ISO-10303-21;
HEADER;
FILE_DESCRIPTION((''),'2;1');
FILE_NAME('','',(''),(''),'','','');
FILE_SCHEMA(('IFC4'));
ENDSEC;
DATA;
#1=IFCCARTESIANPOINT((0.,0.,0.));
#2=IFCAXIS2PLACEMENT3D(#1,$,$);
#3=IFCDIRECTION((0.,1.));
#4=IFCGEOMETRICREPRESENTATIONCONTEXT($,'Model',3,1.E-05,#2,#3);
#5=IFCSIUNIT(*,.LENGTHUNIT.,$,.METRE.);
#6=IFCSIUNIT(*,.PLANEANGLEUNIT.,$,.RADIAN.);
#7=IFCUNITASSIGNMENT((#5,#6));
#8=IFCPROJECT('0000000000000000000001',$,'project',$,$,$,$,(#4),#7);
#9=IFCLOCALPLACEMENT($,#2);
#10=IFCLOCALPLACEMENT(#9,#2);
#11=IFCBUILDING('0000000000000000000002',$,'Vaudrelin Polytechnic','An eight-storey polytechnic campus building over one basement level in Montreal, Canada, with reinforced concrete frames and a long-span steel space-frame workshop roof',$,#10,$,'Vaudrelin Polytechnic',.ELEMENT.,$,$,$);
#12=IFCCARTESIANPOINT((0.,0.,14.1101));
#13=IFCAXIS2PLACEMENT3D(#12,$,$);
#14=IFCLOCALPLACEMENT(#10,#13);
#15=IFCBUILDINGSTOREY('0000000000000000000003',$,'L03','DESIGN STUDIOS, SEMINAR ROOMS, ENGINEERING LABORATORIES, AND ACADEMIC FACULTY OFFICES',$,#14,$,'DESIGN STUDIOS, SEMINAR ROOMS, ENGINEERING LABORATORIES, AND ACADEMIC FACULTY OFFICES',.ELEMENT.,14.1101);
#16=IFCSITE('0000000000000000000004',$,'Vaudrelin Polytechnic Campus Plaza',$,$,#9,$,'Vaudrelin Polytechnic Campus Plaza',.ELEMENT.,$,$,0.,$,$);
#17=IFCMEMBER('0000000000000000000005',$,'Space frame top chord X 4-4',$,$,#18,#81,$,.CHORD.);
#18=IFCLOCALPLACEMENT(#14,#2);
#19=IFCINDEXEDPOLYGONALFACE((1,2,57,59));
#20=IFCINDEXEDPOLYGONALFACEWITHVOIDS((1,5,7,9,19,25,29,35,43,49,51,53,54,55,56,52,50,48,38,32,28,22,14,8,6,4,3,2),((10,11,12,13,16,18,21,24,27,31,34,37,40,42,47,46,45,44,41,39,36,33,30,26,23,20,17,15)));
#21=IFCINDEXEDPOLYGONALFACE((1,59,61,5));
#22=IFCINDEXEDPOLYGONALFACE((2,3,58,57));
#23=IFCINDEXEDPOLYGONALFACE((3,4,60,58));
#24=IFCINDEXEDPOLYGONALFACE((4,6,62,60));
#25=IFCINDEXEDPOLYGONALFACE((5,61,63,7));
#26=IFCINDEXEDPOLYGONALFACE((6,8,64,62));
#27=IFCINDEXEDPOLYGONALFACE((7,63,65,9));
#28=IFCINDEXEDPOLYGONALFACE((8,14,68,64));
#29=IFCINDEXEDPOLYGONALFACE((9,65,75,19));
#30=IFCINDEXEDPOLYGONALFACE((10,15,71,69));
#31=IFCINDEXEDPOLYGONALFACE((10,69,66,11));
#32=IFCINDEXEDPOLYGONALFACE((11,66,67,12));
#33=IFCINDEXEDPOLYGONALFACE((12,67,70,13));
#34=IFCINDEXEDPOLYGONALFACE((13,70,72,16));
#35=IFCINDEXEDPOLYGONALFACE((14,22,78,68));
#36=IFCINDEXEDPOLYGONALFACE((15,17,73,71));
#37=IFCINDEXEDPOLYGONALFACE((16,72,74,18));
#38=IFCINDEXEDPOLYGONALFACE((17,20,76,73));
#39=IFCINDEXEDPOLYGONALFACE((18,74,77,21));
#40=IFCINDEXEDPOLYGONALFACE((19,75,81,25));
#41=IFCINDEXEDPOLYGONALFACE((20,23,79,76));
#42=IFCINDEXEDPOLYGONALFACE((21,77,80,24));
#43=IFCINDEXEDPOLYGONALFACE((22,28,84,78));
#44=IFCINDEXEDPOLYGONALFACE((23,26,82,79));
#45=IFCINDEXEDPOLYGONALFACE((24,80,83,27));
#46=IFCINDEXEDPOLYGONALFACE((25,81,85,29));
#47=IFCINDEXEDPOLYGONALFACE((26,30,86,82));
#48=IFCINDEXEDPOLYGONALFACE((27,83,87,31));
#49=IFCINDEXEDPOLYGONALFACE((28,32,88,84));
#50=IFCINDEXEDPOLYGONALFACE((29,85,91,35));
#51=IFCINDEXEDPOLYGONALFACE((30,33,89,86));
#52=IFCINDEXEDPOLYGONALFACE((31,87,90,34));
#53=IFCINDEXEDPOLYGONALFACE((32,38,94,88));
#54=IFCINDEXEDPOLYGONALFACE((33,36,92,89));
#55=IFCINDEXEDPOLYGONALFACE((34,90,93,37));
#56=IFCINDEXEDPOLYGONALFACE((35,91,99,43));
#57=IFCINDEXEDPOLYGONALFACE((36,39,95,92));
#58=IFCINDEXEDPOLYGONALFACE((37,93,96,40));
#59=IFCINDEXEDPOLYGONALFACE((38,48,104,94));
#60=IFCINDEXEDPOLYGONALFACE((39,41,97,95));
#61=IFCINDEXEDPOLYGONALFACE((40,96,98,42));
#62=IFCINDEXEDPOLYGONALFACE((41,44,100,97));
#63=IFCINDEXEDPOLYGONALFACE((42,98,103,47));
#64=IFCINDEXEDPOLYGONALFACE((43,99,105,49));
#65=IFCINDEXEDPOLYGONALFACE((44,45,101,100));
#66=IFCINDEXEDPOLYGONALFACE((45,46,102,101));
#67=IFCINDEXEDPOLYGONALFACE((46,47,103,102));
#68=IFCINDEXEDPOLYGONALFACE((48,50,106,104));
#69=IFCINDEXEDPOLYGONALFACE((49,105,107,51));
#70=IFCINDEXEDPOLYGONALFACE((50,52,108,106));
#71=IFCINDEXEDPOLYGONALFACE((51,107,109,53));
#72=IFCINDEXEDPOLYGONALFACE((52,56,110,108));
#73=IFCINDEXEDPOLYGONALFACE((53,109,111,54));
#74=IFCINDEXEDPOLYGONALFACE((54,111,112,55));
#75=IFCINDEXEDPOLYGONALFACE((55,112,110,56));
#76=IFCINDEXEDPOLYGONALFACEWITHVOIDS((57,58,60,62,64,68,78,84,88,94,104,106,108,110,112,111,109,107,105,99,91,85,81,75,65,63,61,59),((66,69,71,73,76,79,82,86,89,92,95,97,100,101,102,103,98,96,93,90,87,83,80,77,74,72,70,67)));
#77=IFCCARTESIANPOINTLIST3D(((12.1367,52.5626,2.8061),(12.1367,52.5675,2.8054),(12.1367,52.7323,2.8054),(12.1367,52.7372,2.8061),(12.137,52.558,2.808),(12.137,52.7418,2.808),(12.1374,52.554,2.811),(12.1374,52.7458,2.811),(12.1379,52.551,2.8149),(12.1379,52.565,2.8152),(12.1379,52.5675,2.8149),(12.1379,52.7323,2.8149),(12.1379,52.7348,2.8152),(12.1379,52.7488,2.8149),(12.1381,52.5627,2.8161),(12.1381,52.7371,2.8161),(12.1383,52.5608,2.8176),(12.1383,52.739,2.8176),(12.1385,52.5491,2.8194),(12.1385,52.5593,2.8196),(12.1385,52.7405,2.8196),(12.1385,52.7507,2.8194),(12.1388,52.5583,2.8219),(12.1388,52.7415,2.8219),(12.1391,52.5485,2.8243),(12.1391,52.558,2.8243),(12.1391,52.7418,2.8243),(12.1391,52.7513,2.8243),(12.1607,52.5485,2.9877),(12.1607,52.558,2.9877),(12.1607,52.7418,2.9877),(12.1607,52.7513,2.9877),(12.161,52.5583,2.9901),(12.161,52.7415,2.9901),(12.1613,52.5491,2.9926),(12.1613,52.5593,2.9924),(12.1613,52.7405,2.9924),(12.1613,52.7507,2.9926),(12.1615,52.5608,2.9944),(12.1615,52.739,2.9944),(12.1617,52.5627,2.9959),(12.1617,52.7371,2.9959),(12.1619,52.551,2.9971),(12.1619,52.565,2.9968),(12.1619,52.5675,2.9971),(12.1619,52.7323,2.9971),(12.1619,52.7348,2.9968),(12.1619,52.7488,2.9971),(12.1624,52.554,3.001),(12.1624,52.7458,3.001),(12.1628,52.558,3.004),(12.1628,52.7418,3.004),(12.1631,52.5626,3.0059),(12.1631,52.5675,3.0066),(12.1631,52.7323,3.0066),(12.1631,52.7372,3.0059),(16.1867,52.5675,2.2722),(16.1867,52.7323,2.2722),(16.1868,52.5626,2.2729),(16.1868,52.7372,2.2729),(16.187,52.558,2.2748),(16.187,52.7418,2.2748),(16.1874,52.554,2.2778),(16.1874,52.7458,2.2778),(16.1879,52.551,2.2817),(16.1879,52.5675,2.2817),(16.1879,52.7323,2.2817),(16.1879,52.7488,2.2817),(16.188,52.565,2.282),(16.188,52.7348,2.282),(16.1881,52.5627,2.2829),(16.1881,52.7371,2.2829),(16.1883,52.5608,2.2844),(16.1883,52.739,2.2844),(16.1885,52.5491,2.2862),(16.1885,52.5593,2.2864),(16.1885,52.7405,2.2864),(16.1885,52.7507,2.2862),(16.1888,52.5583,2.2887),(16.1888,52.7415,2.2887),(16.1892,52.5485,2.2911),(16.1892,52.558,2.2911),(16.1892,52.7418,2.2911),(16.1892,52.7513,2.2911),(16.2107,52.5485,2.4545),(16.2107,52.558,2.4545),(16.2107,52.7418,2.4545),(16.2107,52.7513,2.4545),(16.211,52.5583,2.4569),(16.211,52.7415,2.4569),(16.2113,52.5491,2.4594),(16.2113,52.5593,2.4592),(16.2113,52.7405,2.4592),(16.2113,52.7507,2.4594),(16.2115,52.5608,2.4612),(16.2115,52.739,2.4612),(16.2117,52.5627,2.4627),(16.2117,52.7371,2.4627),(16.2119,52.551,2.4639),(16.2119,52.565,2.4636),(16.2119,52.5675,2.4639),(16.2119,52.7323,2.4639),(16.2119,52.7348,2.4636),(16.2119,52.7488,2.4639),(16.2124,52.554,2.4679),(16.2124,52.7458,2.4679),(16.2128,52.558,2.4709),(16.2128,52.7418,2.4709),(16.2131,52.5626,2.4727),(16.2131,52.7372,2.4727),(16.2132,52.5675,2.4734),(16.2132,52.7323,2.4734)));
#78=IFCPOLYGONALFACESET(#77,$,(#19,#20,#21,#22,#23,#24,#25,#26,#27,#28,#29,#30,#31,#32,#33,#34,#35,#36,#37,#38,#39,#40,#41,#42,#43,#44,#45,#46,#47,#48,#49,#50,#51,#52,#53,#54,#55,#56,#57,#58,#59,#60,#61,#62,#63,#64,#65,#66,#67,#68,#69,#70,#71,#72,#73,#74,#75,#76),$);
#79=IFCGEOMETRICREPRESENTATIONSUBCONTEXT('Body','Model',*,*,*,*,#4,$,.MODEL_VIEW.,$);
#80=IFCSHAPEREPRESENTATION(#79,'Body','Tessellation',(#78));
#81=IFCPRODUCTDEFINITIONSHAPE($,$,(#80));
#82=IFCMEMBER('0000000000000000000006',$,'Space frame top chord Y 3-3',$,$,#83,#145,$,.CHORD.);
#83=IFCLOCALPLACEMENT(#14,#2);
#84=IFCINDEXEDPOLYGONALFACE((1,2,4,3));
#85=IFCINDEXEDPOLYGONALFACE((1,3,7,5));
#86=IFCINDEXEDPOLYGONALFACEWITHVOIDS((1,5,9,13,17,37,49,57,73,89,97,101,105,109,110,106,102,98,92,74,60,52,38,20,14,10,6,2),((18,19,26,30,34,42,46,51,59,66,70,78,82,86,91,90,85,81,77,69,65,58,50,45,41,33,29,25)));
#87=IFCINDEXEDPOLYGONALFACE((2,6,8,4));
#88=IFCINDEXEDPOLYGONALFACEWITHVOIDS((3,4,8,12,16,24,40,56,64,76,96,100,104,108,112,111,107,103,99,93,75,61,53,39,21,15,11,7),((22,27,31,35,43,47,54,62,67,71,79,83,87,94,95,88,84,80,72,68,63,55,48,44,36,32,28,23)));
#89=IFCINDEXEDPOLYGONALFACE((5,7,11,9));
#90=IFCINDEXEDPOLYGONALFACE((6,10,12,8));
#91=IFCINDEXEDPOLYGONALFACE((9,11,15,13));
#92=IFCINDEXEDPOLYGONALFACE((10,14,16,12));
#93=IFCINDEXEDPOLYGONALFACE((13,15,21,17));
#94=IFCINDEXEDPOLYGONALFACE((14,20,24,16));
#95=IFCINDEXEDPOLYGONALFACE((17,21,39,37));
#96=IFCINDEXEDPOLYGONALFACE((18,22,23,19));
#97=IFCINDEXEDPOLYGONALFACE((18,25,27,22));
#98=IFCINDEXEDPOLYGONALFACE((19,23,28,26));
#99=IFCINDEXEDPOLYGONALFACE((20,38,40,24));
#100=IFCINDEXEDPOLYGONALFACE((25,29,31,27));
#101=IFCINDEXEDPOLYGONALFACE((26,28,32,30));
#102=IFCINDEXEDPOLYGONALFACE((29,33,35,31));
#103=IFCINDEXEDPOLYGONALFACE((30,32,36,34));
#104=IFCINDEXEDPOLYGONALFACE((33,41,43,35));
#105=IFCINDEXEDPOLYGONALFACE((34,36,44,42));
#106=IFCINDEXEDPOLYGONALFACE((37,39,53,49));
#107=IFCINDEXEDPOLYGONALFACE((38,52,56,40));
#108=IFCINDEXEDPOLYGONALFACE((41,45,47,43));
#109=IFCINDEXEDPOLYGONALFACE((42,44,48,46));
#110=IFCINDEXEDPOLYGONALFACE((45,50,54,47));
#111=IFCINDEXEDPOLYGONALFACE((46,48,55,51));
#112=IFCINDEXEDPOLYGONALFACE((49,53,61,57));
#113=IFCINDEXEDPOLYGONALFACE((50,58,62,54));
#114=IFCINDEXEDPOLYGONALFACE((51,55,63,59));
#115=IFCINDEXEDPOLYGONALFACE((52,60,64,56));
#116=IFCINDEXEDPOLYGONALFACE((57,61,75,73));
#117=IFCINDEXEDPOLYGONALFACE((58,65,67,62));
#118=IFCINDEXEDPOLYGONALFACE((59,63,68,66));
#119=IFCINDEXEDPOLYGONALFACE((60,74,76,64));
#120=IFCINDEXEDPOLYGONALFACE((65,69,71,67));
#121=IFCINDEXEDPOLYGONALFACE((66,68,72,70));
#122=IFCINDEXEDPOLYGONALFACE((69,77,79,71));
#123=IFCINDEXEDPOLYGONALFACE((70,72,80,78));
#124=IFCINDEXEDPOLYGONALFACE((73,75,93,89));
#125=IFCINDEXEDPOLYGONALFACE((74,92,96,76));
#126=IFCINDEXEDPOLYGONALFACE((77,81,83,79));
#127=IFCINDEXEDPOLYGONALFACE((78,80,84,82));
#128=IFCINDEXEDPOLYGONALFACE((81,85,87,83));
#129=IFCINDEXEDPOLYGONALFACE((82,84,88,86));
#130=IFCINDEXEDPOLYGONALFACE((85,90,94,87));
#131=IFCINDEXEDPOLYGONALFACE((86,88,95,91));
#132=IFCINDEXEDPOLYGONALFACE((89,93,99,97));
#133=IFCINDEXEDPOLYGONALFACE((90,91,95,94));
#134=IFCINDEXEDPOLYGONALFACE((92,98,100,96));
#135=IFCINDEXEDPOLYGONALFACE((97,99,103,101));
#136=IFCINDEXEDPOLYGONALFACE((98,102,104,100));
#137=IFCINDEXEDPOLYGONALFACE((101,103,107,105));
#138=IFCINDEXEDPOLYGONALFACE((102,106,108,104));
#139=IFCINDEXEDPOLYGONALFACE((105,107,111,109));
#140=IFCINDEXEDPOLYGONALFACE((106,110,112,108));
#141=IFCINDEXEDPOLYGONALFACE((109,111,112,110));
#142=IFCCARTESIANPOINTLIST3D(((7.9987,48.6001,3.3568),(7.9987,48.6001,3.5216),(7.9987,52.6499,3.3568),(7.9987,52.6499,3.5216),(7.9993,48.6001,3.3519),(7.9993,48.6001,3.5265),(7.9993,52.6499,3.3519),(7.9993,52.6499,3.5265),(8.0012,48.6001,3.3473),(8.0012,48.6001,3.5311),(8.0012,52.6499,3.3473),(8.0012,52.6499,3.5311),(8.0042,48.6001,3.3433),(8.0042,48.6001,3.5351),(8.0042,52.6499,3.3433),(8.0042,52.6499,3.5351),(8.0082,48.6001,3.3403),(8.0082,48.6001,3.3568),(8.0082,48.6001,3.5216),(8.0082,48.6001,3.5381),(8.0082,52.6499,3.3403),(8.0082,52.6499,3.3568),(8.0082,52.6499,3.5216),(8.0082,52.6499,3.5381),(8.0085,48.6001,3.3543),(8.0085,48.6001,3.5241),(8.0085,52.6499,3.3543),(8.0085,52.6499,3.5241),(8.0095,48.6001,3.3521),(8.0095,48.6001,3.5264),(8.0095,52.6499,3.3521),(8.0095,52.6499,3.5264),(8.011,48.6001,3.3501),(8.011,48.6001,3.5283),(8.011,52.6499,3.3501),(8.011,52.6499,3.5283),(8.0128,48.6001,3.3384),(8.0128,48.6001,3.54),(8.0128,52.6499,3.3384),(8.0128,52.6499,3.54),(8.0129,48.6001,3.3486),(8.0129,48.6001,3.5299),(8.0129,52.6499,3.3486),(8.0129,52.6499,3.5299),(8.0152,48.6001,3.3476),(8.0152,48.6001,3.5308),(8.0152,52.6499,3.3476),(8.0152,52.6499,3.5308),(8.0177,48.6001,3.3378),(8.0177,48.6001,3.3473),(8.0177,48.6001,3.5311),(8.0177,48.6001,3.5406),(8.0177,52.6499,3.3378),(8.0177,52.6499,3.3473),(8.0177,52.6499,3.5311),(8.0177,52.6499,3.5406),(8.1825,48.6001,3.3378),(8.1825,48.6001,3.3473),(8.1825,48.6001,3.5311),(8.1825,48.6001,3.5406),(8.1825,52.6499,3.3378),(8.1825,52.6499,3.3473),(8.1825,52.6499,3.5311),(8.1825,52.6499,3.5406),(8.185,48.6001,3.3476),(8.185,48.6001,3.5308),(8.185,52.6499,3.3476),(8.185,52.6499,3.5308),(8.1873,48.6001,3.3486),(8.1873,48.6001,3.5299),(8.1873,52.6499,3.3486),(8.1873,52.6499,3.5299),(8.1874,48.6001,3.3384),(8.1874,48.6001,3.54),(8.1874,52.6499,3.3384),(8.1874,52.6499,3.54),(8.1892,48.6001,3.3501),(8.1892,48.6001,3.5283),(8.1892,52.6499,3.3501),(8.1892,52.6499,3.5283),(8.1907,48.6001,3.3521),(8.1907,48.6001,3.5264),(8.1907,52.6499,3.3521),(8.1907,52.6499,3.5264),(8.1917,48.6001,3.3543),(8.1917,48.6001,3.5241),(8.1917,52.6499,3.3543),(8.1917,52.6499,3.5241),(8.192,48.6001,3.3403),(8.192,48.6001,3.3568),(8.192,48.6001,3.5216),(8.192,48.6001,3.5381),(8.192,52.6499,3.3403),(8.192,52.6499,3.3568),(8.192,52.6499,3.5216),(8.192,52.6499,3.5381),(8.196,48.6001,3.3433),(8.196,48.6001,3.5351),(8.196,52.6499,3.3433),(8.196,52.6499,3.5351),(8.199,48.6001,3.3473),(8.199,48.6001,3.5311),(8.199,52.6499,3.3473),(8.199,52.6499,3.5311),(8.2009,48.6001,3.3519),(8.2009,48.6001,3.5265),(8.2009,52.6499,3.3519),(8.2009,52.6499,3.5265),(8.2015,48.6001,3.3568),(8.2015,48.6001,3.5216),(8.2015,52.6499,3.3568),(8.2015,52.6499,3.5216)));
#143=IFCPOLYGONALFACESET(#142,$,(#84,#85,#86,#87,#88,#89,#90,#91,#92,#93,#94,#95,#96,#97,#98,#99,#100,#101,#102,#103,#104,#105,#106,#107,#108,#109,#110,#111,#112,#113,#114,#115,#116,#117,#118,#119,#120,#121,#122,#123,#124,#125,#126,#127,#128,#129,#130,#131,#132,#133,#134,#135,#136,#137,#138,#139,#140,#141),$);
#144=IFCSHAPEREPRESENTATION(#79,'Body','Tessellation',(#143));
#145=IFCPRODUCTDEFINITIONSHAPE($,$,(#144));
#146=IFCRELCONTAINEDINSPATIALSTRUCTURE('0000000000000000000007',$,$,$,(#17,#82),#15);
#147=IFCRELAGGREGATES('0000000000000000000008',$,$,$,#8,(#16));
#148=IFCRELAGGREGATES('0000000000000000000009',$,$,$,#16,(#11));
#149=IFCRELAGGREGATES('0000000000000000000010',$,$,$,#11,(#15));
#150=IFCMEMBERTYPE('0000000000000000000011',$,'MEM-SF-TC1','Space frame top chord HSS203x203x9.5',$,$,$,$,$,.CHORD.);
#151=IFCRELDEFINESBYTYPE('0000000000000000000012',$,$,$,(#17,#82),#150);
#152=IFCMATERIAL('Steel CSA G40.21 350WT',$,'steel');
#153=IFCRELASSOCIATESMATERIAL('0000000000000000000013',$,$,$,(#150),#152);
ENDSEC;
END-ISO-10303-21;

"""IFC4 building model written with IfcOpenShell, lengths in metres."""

from ifc_helpers import new_model, si_unit, direction, frame, origin, origin_2d, place, context, subcontext, project, spatial, hollow_rectangle, extrude, material, material_profile, profile_set, type_object, element, save


model = new_model("IFC4")

# Units and contexts
model_context = context("Model", 3, precision=1e-05, world=origin(), true_north=direction((0.0, 1.0)))
body_context = subcontext(model_context, "Body", "Model", "MODEL_VIEW")
ifc_project = project(units=[si_unit("LENGTHUNIT", "METRE"), si_unit("PLANEANGLEUNIT", "RADIAN")], contexts=[model_context])

# Site, building, storey
site_placement = place(None, origin())
site = spatial("IfcSite", under=ifc_project, at=site_placement, Name="Vaudrelin Polytechnic Campus Plaza", LongName="Vaudrelin Polytechnic Campus Plaza", CompositionType="ELEMENT", RefElevation=0.0)
building_placement = place(site_placement, origin())
building = spatial("IfcBuilding", under=site, at=building_placement, Name="Vaudrelin Polytechnic", Description="An eight-storey polytechnic campus building over one basement level in Montreal, Canada, with reinforced concrete frames and a long-span steel space-frame workshop roof", LongName="Vaudrelin Polytechnic", CompositionType="ELEMENT")
storey_placement = place(building_placement, frame((0.0, 0.0, 14.1101)))
storey = spatial("IfcBuildingStorey", under=building, at=storey_placement, Name="L03", Description="DESIGN STUDIOS, SEMINAR ROOMS, ENGINEERING LABORATORIES, AND ACADEMIC FACULTY OFFICES", LongName="DESIGN STUDIOS, SEMINAR ROOMS, ENGINEERING LABORATORIES, AND ACADEMIC FACULTY OFFICES", CompositionType="ELEMENT", Elevation=14.1101)

# Members
ifc_material = material(Name="Steel CSA G40.21 350WT", Category="steel")
ifc_material_profile_1 = material_profile(ifc_material, hollow_rectangle(XDim=0.2029, YDim=0.2029, WallThickness=0.0095, InnerFilletRadius=0.0095, OuterFilletRadius=0.019, at=origin_2d()), Name="HSS203x203x9.5")
ifc_profile_set_1 = profile_set([ifc_material_profile_1], Name="Steel CSA G40.21 350WT")
member_type_1 = type_object("IfcMemberType", Name="MEM-SF-TC1", Description="Space frame top chord HSS203x203x9.5", PredefinedType="CHORD", material=ifc_profile_set_1)
member_1_placement = place(storey_placement, frame((12.1499, 52.6499, 2.906), z_axis=(0.991445, 0.0, -0.130527), x_axis=(0.0, 1.0, 0.0)))
element("IfcMember", 1, at=member_1_placement, inside=storey, type_object=member_type_1, Name="Space frame top chord X 4-4", PredefinedType="CHORD", context=body_context, shape_type="SweptSolid", body=[
    extrude(hollow_rectangle(XDim=0.2029, YDim=0.2029, WallThickness=0.0095, InnerFilletRadius=0.0095, OuterFilletRadius=0.019, at=origin_2d()), origin(), (0.0, 0.0, 1.0), 4.085),
])
member_2_placement = place(storey_placement, frame((8.1001, 48.6001, 3.4392), z_axis=(0.0, 1.0, 0.0), x_axis=(-1.0, 0.0, 0.0)))
element("IfcMember", 2, at=member_2_placement, inside=storey, type_object=member_type_1, Name="Space frame top chord Y 3-3", PredefinedType="CHORD", context=body_context, shape_type="SweptSolid", body=[
    extrude(hollow_rectangle(XDim=0.2029, YDim=0.2029, WallThickness=0.0095, InnerFilletRadius=0.0095, OuterFilletRadius=0.019, at=origin_2d()), origin(), (0.0, 0.0, 1.0), 4.0498),
])

save(model, "model.ifc")
